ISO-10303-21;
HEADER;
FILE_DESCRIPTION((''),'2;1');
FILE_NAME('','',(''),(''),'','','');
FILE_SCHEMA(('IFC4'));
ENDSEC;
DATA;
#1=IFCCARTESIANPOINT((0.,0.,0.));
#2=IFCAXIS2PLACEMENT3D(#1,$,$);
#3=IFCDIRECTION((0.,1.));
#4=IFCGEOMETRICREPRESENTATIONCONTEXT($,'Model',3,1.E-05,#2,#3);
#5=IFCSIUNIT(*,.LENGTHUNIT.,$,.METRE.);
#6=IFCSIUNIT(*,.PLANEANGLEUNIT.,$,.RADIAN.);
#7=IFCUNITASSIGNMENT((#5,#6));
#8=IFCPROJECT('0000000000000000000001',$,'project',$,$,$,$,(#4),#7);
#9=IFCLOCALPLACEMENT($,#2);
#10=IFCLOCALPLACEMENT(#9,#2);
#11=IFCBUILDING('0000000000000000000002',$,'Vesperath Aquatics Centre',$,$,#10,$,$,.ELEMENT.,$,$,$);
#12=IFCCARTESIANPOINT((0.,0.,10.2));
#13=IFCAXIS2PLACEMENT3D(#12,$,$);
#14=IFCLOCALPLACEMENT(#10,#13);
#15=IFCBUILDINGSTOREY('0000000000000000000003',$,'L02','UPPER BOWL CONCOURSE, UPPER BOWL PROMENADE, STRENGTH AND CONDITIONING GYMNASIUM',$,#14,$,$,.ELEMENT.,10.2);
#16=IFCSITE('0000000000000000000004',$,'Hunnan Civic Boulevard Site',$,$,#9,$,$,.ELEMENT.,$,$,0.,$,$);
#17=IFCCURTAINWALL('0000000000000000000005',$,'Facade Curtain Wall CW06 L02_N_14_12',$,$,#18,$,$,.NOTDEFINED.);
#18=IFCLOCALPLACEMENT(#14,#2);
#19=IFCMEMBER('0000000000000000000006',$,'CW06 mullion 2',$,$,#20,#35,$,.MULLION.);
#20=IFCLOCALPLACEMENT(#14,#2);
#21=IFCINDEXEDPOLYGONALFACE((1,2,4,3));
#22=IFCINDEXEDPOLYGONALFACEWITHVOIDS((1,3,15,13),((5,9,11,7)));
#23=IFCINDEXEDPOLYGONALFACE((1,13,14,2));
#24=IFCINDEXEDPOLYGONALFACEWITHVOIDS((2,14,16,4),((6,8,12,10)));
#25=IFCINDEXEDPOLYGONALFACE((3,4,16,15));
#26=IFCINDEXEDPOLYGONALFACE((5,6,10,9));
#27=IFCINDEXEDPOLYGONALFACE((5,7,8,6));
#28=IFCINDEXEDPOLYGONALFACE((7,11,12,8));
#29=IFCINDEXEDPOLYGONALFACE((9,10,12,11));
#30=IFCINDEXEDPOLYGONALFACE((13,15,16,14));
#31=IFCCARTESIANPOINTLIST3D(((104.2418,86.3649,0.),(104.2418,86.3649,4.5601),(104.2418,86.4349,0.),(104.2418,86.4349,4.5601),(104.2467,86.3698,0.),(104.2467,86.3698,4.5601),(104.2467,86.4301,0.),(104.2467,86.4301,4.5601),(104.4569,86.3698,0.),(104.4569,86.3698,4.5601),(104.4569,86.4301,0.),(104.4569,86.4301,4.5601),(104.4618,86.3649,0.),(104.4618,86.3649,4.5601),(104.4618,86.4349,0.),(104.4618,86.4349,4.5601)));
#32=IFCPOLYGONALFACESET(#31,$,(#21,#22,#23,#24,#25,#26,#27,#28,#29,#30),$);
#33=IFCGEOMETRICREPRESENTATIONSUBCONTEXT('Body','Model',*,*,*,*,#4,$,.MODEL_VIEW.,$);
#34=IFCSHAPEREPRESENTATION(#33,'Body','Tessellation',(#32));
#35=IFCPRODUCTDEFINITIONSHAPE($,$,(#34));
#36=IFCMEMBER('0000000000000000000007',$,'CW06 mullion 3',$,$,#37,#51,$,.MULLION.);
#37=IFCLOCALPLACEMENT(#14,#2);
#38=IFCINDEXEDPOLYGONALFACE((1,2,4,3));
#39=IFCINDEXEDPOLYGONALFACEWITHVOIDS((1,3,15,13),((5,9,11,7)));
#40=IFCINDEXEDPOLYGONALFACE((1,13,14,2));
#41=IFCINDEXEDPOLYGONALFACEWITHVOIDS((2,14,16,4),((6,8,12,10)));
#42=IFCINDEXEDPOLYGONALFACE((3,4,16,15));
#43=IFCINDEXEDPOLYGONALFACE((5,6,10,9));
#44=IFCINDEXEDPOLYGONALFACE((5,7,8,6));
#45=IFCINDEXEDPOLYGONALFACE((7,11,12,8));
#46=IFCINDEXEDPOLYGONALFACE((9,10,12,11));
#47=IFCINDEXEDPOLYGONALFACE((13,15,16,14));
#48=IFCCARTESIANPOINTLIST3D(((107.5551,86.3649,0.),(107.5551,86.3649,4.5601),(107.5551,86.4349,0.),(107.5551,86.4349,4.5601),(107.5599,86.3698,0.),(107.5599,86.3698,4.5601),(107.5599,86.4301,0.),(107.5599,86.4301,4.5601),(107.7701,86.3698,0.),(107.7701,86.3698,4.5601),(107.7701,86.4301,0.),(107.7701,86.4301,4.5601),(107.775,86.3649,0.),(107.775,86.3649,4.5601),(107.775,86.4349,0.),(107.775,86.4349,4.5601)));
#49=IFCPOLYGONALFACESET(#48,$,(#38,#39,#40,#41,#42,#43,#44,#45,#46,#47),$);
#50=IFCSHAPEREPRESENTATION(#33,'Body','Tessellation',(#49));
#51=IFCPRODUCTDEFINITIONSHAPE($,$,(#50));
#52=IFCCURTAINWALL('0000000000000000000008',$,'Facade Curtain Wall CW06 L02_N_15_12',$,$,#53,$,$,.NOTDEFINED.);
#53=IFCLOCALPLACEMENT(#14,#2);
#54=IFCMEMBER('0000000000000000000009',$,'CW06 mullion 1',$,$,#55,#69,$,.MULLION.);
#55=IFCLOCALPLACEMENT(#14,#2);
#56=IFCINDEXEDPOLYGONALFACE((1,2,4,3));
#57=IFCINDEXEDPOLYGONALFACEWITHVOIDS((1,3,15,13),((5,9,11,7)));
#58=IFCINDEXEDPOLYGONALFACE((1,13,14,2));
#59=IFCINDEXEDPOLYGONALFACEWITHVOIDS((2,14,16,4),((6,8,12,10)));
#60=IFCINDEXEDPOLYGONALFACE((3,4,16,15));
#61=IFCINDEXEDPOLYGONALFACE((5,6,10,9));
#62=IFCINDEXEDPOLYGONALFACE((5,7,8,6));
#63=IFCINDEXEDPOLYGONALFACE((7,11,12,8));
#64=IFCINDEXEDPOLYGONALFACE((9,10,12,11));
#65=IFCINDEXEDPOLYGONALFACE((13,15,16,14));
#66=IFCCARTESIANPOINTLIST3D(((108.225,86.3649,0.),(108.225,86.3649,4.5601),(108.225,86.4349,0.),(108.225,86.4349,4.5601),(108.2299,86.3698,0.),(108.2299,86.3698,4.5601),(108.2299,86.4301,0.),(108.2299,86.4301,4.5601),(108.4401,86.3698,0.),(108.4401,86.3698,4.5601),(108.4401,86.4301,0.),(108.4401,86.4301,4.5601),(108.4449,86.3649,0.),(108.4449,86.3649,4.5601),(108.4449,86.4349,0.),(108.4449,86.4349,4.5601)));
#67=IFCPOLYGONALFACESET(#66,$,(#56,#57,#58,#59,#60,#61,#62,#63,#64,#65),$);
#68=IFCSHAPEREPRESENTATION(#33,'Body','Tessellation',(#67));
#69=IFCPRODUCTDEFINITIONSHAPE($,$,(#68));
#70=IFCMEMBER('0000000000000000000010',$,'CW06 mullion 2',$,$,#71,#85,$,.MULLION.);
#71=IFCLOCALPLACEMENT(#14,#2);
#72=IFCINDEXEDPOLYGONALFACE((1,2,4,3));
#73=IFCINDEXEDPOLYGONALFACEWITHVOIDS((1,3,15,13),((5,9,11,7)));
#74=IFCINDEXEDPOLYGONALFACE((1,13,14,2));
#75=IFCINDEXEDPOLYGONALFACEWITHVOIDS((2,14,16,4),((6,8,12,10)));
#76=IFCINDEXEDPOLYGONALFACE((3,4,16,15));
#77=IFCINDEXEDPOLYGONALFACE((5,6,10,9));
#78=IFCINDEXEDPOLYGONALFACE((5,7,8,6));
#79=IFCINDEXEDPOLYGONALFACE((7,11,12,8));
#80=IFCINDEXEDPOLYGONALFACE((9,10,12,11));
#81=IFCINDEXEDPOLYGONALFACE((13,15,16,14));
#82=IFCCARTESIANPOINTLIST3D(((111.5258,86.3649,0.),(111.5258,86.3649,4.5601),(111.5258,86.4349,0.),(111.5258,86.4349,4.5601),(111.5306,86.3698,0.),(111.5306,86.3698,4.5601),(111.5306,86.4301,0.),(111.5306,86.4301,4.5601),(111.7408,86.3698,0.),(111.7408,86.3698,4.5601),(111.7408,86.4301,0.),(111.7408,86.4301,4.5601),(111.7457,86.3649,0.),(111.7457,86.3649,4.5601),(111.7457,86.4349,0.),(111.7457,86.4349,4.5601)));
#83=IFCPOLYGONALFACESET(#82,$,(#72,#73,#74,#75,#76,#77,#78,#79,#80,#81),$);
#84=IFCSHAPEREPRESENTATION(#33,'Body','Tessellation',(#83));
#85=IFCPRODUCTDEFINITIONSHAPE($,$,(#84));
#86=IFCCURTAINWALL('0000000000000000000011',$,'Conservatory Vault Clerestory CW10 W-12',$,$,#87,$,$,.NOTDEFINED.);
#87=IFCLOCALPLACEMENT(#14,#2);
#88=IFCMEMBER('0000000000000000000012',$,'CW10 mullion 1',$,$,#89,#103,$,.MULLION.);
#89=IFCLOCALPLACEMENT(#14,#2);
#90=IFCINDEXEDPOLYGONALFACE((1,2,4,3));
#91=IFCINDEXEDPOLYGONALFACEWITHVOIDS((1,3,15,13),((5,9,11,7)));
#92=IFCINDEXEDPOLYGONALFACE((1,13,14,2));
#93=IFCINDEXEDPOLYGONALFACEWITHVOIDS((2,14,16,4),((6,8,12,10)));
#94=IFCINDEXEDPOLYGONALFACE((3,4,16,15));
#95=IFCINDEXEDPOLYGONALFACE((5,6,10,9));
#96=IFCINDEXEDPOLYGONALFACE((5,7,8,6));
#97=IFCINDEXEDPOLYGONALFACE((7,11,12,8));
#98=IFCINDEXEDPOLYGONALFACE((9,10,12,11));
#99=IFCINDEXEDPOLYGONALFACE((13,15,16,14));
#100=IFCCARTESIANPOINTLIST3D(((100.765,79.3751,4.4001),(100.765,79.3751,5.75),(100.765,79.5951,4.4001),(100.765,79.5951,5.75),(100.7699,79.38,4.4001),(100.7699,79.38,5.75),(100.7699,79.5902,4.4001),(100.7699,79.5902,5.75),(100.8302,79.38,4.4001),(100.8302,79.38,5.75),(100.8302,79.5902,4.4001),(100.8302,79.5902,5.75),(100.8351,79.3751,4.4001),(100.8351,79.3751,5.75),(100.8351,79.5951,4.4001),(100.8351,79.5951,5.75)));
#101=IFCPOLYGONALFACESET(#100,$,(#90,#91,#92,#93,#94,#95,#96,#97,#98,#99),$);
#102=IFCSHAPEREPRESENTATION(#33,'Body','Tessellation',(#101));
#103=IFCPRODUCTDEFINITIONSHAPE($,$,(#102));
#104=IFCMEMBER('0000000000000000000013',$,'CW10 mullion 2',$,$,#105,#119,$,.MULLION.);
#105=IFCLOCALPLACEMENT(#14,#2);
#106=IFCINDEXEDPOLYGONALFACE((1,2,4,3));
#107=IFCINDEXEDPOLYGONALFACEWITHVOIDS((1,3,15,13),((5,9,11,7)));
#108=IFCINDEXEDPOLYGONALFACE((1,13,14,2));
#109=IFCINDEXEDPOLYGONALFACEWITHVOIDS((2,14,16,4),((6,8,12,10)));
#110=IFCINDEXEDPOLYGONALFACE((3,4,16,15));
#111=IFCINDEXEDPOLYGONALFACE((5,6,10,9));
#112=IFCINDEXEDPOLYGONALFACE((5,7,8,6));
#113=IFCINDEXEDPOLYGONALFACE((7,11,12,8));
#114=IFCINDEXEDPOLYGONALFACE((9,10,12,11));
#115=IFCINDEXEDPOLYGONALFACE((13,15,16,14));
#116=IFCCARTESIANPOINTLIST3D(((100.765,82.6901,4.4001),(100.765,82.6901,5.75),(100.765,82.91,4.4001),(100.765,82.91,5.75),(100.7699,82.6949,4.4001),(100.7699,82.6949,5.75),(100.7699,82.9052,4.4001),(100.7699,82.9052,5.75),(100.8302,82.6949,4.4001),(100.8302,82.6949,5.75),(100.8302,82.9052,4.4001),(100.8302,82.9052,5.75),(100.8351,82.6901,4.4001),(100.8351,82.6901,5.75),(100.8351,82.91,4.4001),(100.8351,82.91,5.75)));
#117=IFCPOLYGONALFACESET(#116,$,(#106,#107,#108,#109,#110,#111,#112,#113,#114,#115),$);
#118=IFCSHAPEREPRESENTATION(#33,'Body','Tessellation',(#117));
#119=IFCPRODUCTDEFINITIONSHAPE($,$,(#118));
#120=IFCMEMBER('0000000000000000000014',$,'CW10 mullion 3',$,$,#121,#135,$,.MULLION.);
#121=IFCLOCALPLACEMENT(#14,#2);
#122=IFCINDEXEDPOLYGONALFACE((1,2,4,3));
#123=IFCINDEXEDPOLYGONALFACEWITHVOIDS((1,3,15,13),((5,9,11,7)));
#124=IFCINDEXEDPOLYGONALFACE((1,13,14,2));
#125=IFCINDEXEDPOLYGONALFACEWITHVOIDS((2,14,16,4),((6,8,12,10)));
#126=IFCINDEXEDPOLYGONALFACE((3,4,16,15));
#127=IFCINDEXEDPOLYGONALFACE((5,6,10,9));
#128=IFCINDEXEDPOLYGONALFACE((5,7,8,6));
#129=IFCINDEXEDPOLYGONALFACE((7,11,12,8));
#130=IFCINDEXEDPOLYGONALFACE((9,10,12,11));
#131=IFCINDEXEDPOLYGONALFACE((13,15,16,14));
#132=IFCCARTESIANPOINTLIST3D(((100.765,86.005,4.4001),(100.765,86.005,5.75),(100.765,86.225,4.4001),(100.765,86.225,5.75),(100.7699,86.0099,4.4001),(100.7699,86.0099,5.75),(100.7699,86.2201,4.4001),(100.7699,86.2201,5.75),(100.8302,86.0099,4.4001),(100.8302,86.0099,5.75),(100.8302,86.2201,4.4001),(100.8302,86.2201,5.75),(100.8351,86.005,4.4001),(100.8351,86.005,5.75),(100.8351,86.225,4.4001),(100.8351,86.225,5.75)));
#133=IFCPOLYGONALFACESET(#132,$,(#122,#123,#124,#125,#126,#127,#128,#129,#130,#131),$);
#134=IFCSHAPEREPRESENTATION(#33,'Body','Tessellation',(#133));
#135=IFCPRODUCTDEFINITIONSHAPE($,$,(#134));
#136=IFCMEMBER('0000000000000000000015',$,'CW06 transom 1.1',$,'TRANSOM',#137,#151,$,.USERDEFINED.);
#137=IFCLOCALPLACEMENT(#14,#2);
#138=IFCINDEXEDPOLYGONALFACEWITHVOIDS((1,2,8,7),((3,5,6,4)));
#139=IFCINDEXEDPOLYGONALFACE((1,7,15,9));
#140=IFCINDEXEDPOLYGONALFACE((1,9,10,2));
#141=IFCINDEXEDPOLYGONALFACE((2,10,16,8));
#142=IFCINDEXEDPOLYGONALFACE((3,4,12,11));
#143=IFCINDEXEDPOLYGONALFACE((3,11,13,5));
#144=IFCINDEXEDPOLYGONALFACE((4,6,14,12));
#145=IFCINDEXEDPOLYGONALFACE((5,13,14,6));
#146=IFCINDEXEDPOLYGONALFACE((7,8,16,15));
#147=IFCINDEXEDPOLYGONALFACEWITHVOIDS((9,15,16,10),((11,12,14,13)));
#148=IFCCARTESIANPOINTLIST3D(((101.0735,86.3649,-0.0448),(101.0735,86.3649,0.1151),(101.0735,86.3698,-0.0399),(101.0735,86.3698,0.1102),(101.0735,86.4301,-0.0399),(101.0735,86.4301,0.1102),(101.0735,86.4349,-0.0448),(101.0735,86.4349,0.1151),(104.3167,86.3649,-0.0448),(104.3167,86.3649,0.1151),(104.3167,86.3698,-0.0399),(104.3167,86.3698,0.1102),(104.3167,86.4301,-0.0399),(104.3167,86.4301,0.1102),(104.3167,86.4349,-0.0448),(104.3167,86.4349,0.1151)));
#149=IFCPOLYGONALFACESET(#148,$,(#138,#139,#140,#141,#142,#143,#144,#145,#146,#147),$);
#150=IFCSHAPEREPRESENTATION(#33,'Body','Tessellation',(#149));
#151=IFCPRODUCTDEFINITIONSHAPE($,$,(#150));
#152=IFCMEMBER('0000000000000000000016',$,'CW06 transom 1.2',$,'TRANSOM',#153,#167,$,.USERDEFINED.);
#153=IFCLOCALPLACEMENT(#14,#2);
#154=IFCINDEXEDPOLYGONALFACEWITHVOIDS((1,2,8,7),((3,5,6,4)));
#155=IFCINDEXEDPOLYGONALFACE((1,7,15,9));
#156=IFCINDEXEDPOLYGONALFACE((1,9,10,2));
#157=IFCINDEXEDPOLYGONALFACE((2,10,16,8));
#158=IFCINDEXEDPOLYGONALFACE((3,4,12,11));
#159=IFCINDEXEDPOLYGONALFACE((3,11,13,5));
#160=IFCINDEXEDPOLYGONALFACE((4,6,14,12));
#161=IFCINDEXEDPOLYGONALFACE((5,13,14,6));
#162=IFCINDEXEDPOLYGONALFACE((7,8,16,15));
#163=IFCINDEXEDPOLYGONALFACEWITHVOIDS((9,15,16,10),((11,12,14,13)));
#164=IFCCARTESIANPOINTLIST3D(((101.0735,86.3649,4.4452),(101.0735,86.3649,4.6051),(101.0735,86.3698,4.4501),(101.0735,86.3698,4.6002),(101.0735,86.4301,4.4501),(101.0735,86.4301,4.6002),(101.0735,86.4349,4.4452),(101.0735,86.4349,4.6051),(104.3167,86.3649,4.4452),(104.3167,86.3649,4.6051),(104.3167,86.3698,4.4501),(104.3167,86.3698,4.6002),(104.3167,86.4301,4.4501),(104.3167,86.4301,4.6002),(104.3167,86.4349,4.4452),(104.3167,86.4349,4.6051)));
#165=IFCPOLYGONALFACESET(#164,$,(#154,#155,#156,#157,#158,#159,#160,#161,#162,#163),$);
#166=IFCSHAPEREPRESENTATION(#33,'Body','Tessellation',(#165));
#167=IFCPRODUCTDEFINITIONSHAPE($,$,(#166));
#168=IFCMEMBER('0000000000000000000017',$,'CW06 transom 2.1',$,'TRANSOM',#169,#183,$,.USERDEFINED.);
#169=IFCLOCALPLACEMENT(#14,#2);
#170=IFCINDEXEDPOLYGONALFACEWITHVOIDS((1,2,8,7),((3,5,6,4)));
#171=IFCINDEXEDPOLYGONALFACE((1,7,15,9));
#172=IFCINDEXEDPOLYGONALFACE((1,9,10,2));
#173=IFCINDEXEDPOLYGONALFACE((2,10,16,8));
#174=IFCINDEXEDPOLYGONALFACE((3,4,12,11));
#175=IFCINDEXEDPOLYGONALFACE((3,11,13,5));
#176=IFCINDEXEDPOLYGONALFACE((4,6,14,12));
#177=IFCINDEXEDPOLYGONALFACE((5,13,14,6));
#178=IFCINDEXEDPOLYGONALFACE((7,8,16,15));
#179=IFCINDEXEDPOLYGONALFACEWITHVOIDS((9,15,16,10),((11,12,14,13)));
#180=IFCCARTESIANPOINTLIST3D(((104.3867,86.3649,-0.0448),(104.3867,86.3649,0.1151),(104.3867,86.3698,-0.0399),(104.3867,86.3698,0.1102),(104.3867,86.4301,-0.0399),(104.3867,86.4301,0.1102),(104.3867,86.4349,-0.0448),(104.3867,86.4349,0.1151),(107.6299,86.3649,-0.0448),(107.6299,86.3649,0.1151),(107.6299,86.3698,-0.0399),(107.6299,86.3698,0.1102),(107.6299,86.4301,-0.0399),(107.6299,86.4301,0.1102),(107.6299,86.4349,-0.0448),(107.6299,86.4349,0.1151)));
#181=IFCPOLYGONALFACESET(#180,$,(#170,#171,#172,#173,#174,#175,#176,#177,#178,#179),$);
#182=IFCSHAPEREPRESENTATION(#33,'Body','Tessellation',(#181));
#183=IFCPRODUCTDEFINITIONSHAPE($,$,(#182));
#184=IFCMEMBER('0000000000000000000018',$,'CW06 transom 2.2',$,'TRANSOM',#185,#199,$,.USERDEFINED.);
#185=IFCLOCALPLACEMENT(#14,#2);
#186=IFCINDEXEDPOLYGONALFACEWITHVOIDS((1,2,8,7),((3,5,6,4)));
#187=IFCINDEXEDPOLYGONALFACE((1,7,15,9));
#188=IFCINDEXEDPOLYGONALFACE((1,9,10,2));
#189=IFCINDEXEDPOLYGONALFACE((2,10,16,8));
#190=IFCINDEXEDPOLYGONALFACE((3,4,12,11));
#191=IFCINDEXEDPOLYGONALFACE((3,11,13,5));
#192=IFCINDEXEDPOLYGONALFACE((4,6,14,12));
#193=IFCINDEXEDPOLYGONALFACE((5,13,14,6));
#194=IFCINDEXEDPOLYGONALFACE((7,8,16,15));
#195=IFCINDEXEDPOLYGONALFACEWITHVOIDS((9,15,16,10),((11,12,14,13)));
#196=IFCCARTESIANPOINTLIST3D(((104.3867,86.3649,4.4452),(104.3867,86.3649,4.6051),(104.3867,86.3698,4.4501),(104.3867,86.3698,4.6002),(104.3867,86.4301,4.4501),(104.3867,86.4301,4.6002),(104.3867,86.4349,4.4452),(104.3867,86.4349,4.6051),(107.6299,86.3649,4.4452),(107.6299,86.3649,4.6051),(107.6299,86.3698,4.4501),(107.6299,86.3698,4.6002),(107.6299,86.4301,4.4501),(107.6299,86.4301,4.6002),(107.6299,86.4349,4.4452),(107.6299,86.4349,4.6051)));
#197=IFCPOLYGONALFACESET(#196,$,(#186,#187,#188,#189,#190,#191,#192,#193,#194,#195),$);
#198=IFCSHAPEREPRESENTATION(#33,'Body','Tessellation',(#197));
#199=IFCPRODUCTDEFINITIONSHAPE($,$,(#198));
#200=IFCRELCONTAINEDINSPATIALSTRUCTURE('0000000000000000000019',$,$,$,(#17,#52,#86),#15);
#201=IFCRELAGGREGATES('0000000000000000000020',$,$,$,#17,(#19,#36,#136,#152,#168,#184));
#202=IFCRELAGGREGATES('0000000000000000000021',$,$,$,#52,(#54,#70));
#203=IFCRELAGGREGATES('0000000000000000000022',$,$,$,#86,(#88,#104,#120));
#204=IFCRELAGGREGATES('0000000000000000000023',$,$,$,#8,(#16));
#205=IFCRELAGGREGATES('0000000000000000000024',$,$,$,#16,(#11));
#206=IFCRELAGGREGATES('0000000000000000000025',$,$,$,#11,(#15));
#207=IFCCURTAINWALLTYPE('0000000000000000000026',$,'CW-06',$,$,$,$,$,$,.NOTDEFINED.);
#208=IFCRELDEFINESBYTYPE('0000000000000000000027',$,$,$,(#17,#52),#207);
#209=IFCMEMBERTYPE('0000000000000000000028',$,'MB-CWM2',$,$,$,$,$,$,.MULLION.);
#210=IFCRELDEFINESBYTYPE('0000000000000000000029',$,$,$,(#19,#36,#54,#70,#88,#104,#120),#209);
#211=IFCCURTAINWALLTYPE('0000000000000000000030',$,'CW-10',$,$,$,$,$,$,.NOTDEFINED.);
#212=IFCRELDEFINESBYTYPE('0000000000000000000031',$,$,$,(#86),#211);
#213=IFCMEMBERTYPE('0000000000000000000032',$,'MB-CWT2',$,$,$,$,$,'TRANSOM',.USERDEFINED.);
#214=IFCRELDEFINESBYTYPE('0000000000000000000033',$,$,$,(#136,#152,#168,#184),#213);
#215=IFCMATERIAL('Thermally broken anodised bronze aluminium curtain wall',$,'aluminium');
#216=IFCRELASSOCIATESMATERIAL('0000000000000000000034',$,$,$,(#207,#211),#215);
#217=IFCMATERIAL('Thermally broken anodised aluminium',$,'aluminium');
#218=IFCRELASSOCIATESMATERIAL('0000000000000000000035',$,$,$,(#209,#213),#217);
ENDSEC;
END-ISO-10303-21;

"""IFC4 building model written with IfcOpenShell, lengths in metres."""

from ifc_helpers import new_model, si_unit, direction, frame, origin, origin_2d, place, context, subcontext, project, spatial, hollow_rectangle, extrude, material, material_profile, profile_set, type_object, element, aggregate, save


model = new_model("IFC4")

# Units and contexts
model_context = context("Model", 3, precision=1e-05, world=origin(), true_north=direction((0.0, 1.0)))
body_context = subcontext(model_context, "Body", "Model", "MODEL_VIEW")
ifc_project = project(units=[si_unit("LENGTHUNIT", "METRE"), si_unit("PLANEANGLEUNIT", "RADIAN")], contexts=[model_context])

# Site, building, storey
site_placement = place(None, origin())
site = spatial("IfcSite", under=ifc_project, at=site_placement, Name="Hunnan Civic Boulevard Site", CompositionType="ELEMENT", RefElevation=0.0)
building_placement = place(site_placement, origin())
building = spatial("IfcBuilding", under=site, at=building_placement, Name="Vesperath Aquatics Centre", CompositionType="ELEMENT")
storey_placement = place(building_placement, frame((0.0, 0.0, 10.2)))
storey = spatial("IfcBuildingStorey", under=building, at=storey_placement, Name="L02", Description="UPPER BOWL CONCOURSE, UPPER BOWL PROMENADE, STRENGTH AND CONDITIONING GYMNASIUM", CompositionType="ELEMENT", Elevation=10.2)

# Curtain walls, members
ifc_material_1 = material(Name="Thermally broken anodised bronze aluminium curtain wall", Category="aluminium")
curtain_wall_type_1 = type_object("IfcCurtainWallType", Name="CW-06", PredefinedType="NOTDEFINED", material=ifc_material_1)
curtain_wall_1_placement = place(storey_placement, origin())
curtain_wall_1 = element("IfcCurtainWall", 1, at=curtain_wall_1_placement, inside=storey, type_object=curtain_wall_type_1, Name="Facade Curtain Wall CW06 L02_N_14_12", PredefinedType="NOTDEFINED")
ifc_material_2 = material(Name="Thermally broken anodised aluminium", Category="aluminium")
ifc_material_profile_1 = material_profile(ifc_material_2, hollow_rectangle(XDim=0.0701, YDim=0.22, WallThickness=0.0049, at=origin_2d()), Name="CWM 70x220x5")
ifc_profile_set_1 = profile_set([ifc_material_profile_1], Name="Thermally broken anodised aluminium")
member_type_1 = type_object("IfcMemberType", Name="MB-CWM2", PredefinedType="MULLION", material=ifc_profile_set_1)
member_1_placement = place(storey_placement, frame((104.3518, 86.3999, 0.0), z_axis=(0.0, 0.0, 1.0), x_axis=(0.0, 1.0, 0.0)))
member_1 = element("IfcMember", 2, at=member_1_placement, type_object=member_type_1, Name="CW06 mullion 2", PredefinedType="MULLION", context=body_context, shape_type="SweptSolid", body=[
    extrude(hollow_rectangle(XDim=0.0701, YDim=0.22, WallThickness=0.0049, at=origin_2d()), origin(), (0.0, 0.0, 1.0), 4.5601),
])
member_2_placement = place(storey_placement, frame((107.665, 86.3999, 0.0), z_axis=(0.0, 0.0, 1.0), x_axis=(0.0, 1.0, 0.0)))
member_2 = element("IfcMember", 3, at=member_2_placement, type_object=member_type_1, Name="CW06 mullion 3", PredefinedType="MULLION", context=body_context, shape_type="SweptSolid", body=[
    extrude(hollow_rectangle(XDim=0.0701, YDim=0.22, WallThickness=0.0049, at=origin_2d()), origin(), (0.0, 0.0, 1.0), 4.5601),
])
curtain_wall_2_placement = place(storey_placement, origin())
curtain_wall_2 = element("IfcCurtainWall", 4, at=curtain_wall_2_placement, inside=storey, type_object=curtain_wall_type_1, Name="Facade Curtain Wall CW06 L02_N_15_12", PredefinedType="NOTDEFINED")
member_3_placement = place(storey_placement, frame((108.335, 86.3999, 0.0), z_axis=(0.0, 0.0, 1.0), x_axis=(0.0, 1.0, 0.0)))
member_3 = element("IfcMember", 5, at=member_3_placement, type_object=member_type_1, Name="CW06 mullion 1", PredefinedType="MULLION", context=body_context, shape_type="SweptSolid", body=[
    extrude(hollow_rectangle(XDim=0.0701, YDim=0.22, WallThickness=0.0049, at=origin_2d()), origin(), (0.0, 0.0, 1.0), 4.5601),
])
member_4_placement = place(storey_placement, frame((111.6357, 86.3999, 0.0), z_axis=(0.0, 0.0, 1.0), x_axis=(0.0, 1.0, 0.0)))
member_4 = element("IfcMember", 6, at=member_4_placement, type_object=member_type_1, Name="CW06 mullion 2", PredefinedType="MULLION", context=body_context, shape_type="SweptSolid", body=[
    extrude(hollow_rectangle(XDim=0.0701, YDim=0.22, WallThickness=0.0049, at=origin_2d()), origin(), (0.0, 0.0, 1.0), 4.5601),
])
curtain_wall_type_2 = type_object("IfcCurtainWallType", Name="CW-10", PredefinedType="NOTDEFINED", material=ifc_material_1)
curtain_wall_3_placement = place(storey_placement, origin())
curtain_wall_3 = element("IfcCurtainWall", 7, at=curtain_wall_3_placement, inside=storey, type_object=curtain_wall_type_2, Name="Conservatory Vault Clerestory CW10 W-12", PredefinedType="NOTDEFINED")
member_5_placement = place(storey_placement, frame((100.8, 79.4851, 4.4001), z_axis=(0.0, 0.0, 1.0), x_axis=(-1.0, 0.0, 0.0)))
member_5 = element("IfcMember", 8, at=member_5_placement, type_object=member_type_1, Name="CW10 mullion 1", PredefinedType="MULLION", context=body_context, shape_type="SweptSolid", body=[
    extrude(hollow_rectangle(XDim=0.0701, YDim=0.22, WallThickness=0.0049, at=origin_2d()), origin(), (0.0, 0.0, 1.0), 1.3499),
])
member_6_placement = place(storey_placement, frame((100.8, 82.8, 4.4001), z_axis=(0.0, 0.0, 1.0), x_axis=(-1.0, 0.0, 0.0)))
member_6 = element("IfcMember", 9, at=member_6_placement, type_object=member_type_1, Name="CW10 mullion 2", PredefinedType="MULLION", context=body_context, shape_type="SweptSolid", body=[
    extrude(hollow_rectangle(XDim=0.0701, YDim=0.22, WallThickness=0.0049, at=origin_2d()), origin(), (0.0, 0.0, 1.0), 1.3499),
])
member_7_placement = place(storey_placement, frame((100.8, 86.115, 4.4001), z_axis=(0.0, 0.0, 1.0), x_axis=(-1.0, 0.0, 0.0)))
member_7 = element("IfcMember", 10, at=member_7_placement, type_object=member_type_1, Name="CW10 mullion 3", PredefinedType="MULLION", context=body_context, shape_type="SweptSolid", body=[
    extrude(hollow_rectangle(XDim=0.0701, YDim=0.22, WallThickness=0.0049, at=origin_2d()), origin(), (0.0, 0.0, 1.0), 1.3499),
])

# Members
ifc_material_profile_2 = material_profile(ifc_material_2, hollow_rectangle(XDim=0.0701, YDim=0.1599, WallThickness=0.0049, at=origin_2d()), Name="CWT 70x160x5")
ifc_profile_set_2 = profile_set([ifc_material_profile_2], Name="Thermally broken anodised aluminium")
member_type_2 = type_object("IfcMemberType", Name="MB-CWT2", ElementType="TRANSOM", PredefinedType="USERDEFINED", material=ifc_profile_set_2)
member_8_placement = place(storey_placement, frame((101.0735, 86.3999, 0.0352), z_axis=(1.0, 0.0, 0.0), x_axis=(0.0, 1.0, 0.0)))
member_8 = element("IfcMember", 11, at=member_8_placement, type_object=member_type_2, Name="CW06 transom 1.1", ObjectType="TRANSOM", PredefinedType="USERDEFINED", context=body_context, shape_type="SweptSolid", body=[
    extrude(hollow_rectangle(XDim=0.0701, YDim=0.1599, WallThickness=0.0049, at=origin_2d()), origin(), (0.0, 0.0, 1.0), 3.2432),
])
member_9_placement = place(storey_placement, frame((101.0735, 86.3999, 4.5251), z_axis=(1.0, 0.0, 0.0), x_axis=(0.0, 1.0, 0.0)))
member_9 = element("IfcMember", 12, at=member_9_placement, type_object=member_type_2, Name="CW06 transom 1.2", ObjectType="TRANSOM", PredefinedType="USERDEFINED", context=body_context, shape_type="SweptSolid", body=[
    extrude(hollow_rectangle(XDim=0.0701, YDim=0.1599, WallThickness=0.0049, at=origin_2d()), origin(), (0.0, 0.0, 1.0), 3.2432),
])
member_10_placement = place(storey_placement, frame((104.3867, 86.3999, 0.0352), z_axis=(1.0, 0.0, 0.0), x_axis=(0.0, 1.0, 0.0)))
member_10 = element("IfcMember", 13, at=member_10_placement, type_object=member_type_2, Name="CW06 transom 2.1", ObjectType="TRANSOM", PredefinedType="USERDEFINED", context=body_context, shape_type="SweptSolid", body=[
    extrude(hollow_rectangle(XDim=0.0701, YDim=0.1599, WallThickness=0.0049, at=origin_2d()), origin(), (0.0, 0.0, 1.0), 3.2432),
])
member_11_placement = place(storey_placement, frame((104.3867, 86.3999, 4.5251), z_axis=(1.0, 0.0, 0.0), x_axis=(0.0, 1.0, 0.0)))
member_11 = element("IfcMember", 14, at=member_11_placement, type_object=member_type_2, Name="CW06 transom 2.2", ObjectType="TRANSOM", PredefinedType="USERDEFINED", context=body_context, shape_type="SweptSolid", body=[
    extrude(hollow_rectangle(XDim=0.0701, YDim=0.1599, WallThickness=0.0049, at=origin_2d()), origin(), (0.0, 0.0, 1.0), 3.2432),
])

aggregate(curtain_wall_1, [member_1, member_2, member_8, member_9, member_10, member_11])
aggregate(curtain_wall_2, [member_3, member_4])
aggregate(curtain_wall_3, [member_5, member_6, member_7])

save(model, "model.ifc")
